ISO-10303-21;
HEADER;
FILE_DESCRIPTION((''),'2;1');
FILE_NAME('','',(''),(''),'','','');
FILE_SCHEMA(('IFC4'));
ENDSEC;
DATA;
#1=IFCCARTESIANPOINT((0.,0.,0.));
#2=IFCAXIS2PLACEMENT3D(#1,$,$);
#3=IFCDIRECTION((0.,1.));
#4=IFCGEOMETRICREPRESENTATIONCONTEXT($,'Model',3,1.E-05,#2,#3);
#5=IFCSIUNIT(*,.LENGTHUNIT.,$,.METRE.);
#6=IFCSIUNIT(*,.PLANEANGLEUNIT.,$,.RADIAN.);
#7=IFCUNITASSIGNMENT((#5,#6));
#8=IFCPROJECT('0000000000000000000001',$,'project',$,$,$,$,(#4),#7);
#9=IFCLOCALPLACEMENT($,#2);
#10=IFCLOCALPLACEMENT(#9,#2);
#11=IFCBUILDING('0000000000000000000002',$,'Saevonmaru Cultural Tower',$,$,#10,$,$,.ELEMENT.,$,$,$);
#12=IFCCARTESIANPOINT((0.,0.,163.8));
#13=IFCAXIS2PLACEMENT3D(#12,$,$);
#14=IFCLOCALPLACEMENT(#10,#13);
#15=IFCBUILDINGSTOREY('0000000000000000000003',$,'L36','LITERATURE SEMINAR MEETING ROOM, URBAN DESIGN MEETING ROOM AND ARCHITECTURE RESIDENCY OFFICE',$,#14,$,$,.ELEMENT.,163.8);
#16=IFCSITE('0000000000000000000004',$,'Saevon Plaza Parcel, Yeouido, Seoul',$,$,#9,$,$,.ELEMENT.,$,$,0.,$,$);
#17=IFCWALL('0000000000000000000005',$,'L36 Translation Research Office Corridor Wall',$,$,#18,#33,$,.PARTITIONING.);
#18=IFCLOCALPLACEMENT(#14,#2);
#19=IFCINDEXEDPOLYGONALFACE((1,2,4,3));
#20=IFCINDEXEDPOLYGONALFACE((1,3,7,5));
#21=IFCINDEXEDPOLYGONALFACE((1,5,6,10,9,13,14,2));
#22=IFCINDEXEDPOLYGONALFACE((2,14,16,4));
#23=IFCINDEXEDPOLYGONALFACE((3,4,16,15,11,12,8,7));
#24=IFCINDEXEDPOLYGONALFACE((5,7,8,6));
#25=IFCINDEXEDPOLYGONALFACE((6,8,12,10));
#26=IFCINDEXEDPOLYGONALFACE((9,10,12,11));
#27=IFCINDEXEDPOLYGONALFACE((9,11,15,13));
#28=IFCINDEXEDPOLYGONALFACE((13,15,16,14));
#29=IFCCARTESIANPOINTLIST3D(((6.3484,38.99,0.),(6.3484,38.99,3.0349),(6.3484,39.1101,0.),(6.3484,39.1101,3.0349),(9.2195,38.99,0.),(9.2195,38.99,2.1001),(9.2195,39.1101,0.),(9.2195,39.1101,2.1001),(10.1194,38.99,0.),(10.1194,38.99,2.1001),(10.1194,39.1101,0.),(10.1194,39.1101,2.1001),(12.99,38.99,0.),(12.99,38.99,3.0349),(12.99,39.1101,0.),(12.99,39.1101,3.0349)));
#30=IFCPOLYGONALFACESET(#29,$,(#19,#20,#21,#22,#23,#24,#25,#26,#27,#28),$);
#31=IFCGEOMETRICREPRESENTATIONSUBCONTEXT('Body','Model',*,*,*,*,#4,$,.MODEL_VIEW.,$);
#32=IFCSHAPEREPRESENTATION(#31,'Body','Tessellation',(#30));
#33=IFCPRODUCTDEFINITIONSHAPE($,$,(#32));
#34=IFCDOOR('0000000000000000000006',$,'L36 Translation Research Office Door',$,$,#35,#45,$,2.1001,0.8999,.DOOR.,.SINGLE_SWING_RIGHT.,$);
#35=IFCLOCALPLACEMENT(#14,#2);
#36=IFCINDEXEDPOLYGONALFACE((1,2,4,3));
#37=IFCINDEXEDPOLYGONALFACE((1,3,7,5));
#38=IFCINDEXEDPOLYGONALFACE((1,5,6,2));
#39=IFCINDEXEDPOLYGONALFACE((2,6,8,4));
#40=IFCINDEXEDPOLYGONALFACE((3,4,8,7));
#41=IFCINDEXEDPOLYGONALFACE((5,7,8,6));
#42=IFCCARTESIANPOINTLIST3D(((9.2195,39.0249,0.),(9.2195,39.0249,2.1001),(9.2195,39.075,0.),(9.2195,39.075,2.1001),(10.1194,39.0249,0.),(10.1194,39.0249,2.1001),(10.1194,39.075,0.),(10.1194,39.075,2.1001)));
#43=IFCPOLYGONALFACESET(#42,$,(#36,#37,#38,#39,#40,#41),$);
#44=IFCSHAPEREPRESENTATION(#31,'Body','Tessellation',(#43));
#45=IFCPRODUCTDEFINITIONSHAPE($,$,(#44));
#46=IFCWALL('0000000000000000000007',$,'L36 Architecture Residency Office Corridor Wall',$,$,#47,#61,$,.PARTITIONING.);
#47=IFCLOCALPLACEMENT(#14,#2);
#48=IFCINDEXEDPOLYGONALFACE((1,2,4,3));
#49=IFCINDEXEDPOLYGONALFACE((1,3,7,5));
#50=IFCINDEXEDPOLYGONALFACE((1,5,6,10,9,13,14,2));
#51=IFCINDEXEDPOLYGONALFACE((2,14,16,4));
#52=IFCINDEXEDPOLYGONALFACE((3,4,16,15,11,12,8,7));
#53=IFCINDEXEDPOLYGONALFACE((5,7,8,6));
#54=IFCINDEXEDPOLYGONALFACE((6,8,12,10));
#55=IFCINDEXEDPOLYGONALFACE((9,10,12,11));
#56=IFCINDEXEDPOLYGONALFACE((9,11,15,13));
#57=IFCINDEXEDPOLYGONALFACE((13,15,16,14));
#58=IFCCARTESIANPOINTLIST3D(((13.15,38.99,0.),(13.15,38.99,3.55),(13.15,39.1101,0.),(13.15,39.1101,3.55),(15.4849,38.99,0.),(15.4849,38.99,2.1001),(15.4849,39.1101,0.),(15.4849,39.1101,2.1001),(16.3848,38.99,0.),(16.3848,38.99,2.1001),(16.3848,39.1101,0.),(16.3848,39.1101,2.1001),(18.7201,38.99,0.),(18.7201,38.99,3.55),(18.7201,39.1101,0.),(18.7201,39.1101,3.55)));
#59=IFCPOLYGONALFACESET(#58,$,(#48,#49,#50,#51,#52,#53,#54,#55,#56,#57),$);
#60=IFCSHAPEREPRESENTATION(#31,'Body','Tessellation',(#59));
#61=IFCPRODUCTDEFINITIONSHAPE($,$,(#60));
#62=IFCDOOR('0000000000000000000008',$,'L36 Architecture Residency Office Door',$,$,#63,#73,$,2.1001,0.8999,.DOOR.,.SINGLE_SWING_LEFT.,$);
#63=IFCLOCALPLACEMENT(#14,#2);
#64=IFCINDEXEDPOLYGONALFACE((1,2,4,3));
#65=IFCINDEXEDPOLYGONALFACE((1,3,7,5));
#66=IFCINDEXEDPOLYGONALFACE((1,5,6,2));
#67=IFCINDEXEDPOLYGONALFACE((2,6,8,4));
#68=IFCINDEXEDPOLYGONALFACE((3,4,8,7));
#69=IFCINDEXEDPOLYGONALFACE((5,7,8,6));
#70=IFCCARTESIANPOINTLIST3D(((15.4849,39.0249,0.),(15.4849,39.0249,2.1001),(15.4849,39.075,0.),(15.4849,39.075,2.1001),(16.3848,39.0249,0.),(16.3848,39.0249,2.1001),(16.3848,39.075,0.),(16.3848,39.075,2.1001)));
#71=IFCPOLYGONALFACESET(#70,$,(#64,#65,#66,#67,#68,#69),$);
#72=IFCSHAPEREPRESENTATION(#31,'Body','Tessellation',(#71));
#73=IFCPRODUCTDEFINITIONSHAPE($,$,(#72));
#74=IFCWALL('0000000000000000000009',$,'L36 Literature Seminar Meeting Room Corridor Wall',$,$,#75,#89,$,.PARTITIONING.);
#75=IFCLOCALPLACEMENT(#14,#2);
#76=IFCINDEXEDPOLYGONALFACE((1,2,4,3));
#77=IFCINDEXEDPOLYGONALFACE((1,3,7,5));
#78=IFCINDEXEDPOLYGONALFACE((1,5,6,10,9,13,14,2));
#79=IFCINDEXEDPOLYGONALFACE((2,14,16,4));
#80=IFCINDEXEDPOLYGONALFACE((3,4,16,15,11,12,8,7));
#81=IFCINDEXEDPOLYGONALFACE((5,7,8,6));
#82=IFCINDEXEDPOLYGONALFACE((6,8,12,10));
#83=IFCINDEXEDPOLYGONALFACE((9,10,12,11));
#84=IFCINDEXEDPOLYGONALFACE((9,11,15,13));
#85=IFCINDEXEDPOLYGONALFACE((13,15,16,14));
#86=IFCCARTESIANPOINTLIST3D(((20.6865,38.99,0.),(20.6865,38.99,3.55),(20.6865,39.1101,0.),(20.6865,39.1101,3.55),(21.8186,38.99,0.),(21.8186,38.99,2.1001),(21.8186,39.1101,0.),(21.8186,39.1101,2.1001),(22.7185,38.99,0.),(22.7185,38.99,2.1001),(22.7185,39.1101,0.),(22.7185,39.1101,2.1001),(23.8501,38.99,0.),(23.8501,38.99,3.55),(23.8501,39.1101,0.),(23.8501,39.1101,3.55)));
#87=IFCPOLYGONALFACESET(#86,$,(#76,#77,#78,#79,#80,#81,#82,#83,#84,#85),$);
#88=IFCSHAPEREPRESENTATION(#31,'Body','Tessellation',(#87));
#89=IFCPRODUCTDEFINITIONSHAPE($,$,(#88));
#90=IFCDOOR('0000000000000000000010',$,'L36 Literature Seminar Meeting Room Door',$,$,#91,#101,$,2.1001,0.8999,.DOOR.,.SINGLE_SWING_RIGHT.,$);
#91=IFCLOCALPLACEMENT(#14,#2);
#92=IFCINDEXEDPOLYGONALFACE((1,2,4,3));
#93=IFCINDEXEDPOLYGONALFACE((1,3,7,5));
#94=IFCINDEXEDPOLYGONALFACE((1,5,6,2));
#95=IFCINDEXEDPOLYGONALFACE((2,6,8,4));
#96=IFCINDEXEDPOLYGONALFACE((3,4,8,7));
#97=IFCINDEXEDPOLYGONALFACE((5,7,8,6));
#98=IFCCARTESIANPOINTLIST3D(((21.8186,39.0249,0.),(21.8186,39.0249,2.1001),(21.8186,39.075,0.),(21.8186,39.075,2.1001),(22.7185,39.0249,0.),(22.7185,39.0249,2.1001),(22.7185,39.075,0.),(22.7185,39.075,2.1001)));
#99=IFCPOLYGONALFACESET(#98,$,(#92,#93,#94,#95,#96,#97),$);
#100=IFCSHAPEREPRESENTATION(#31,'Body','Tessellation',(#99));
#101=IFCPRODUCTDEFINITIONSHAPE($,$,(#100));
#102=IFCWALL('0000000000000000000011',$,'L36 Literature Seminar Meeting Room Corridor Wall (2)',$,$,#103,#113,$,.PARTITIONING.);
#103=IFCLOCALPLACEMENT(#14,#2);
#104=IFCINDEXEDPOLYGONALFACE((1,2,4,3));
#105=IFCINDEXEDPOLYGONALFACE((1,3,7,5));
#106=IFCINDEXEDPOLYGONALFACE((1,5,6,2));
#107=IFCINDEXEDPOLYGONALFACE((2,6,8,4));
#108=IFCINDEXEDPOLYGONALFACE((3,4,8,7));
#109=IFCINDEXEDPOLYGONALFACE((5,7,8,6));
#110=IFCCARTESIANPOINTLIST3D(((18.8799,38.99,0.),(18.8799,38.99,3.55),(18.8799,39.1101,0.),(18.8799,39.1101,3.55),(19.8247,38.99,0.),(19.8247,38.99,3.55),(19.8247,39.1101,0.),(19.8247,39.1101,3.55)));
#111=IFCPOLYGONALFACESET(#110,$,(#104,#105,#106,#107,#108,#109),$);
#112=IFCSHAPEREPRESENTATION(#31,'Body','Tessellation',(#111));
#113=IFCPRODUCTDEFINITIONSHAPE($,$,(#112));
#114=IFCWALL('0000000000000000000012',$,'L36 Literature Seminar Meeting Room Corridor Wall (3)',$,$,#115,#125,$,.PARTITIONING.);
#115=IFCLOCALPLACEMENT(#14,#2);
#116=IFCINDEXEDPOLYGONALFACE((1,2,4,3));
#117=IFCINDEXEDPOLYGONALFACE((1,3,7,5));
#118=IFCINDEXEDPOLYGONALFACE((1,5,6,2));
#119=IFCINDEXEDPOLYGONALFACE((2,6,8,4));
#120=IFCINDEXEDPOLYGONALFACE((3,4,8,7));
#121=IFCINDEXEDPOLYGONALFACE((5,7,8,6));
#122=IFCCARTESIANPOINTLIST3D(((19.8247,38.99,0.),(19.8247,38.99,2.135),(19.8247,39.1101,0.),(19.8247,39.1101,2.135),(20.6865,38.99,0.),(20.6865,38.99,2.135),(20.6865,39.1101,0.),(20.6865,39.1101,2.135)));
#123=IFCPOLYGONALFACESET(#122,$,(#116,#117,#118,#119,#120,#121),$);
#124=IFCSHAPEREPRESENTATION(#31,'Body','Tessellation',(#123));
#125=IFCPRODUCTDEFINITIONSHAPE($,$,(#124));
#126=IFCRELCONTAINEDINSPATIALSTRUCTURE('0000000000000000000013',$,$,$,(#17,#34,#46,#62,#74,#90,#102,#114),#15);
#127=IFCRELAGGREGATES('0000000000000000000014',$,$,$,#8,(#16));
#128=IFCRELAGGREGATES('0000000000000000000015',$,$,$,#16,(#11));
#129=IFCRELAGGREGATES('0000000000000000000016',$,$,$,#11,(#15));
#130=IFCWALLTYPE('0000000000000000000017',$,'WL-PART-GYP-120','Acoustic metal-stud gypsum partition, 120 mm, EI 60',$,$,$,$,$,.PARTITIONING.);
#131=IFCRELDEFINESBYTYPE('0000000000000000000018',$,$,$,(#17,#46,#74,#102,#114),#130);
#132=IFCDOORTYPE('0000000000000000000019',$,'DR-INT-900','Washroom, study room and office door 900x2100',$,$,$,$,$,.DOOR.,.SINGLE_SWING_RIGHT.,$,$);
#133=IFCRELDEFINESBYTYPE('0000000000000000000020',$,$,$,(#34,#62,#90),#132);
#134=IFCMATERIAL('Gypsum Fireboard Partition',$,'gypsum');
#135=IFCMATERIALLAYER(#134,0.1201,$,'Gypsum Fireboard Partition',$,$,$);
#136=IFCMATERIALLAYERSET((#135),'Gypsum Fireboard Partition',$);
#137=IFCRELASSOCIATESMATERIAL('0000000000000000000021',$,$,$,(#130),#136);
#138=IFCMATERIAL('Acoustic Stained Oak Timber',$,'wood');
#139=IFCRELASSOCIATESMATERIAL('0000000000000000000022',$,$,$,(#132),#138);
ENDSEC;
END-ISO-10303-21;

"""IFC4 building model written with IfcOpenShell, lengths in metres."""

from ifc_helpers import new_model, si_unit, direction, frame, frame_2d, origin, place, context, subcontext, project, spatial, rectangle, extrude, material, layer, layer_set, type_object, element, fill, save


model = new_model("IFC4")

# Units and contexts
model_context = context("Model", 3, precision=1e-05, world=origin(), true_north=direction((0.0, 1.0)))
body_context = subcontext(model_context, "Body", "Model", "MODEL_VIEW")
ifc_project = project(units=[si_unit("LENGTHUNIT", "METRE"), si_unit("PLANEANGLEUNIT", "RADIAN")], contexts=[model_context])

# Site, building, storey
site_placement = place(None, origin())
site = spatial("IfcSite", under=ifc_project, at=site_placement, Name="Saevon Plaza Parcel, Yeouido, Seoul", CompositionType="ELEMENT", RefElevation=0.0)
building_placement = place(site_placement, origin())
building = spatial("IfcBuilding", under=site, at=building_placement, Name="Saevonmaru Cultural Tower", CompositionType="ELEMENT")
storey_placement = place(building_placement, frame((0.0, 0.0, 163.8)))
storey = spatial("IfcBuildingStorey", under=building, at=storey_placement, Name="L36", Description="LITERATURE SEMINAR MEETING ROOM, URBAN DESIGN MEETING ROOM AND ARCHITECTURE RESIDENCY OFFICE", CompositionType="ELEMENT", Elevation=163.8)

# Shared definitions
ifc_material_1 = material(Name="Gypsum Fireboard Partition", Category="gypsum")
ifc_layer_1 = layer(ifc_material_1, 0.1201, Name="Gypsum Fireboard Partition")
ifc_layer_set_1 = layer_set([ifc_layer_1], Name="Gypsum Fireboard Partition")
wall_type_1 = type_object("IfcWallType", Name="WL-PART-GYP-120", Description="Acoustic metal-stud gypsum partition, 120 mm, EI 60", PredefinedType="PARTITIONING", material=ifc_layer_set_1)

# Shared definitions
ifc_material_2 = material(Name="Acoustic Stained Oak Timber", Category="wood")
door_type = type_object("IfcDoorType", Name="DR-INT-900", Description="Washroom, study room and office door 900x2100", OperationType="SINGLE_SWING_RIGHT", PredefinedType="DOOR", material=ifc_material_2)

# Walls, openings, doors
wall_1_placement = place(storey_placement, frame((6.3484, 39.05, 0.0), z_axis=(0.0, 0.0, 1.0), x_axis=(1.0, 0.0, 0.0)))
wall_1 = element("IfcWall", 1, at=wall_1_placement, inside=storey, type_object=wall_type_1, Name="L36 Translation Research Office Corridor Wall", PredefinedType="PARTITIONING", context=body_context, shape_type="SweptSolid", body=[
    extrude(rectangle(XDim=6.6416, YDim=0.1201, at=frame_2d((3.3208, 0.0))), origin(), (0.0, 0.0, 1.0), 3.0349),
])
opening_1_placement = place(wall_1_placement, frame((2.8711, 0.0, 0.0)))
opening_1 = element("IfcOpeningElement", 2, at=opening_1_placement, cuts=wall_1, PredefinedType="OPENING", context=body_context, shape_type="SweptSolid", body=[
    extrude(rectangle(XDim=0.8999, YDim=2.1001, at=frame_2d((0.45, 1.05))), frame((0.0, 0.0701, 0.0), z_axis=(0.0, -1.0, 0.0), x_axis=(1.0, 0.0, 0.0)), (0.0, 0.0, 1.0), 0.1401),
])
door_1_placement = place(opening_1_placement, origin())
door_1 = element("IfcDoor", 3, at=door_1_placement, inside=storey, type_object=door_type, Name="L36 Translation Research Office Door", OperationType="SINGLE_SWING_RIGHT", OverallHeight=2.1001, OverallWidth=0.8999, PredefinedType="DOOR", context=body_context, shape_type="SweptSolid", body=[
    extrude(rectangle(XDim=0.8999, YDim=2.1001, at=frame_2d((0.45, 1.05))), frame((0.0, 0.0249, 0.0), z_axis=(0.0, -1.0, 0.0), x_axis=(1.0, 0.0, 0.0)), (0.0, 0.0, 1.0), 0.05),
])
fill(opening_1, door_1)
wall_2_placement = place(storey_placement, frame((13.1499, 39.05, 0.0), z_axis=(0.0, 0.0, 1.0), x_axis=(1.0, 0.0, 0.0)))
wall_2 = element("IfcWall", 4, at=wall_2_placement, inside=storey, type_object=wall_type_1, Name="L36 Architecture Residency Office Corridor Wall", PredefinedType="PARTITIONING", context=body_context, shape_type="SweptSolid", body=[
    extrude(rectangle(XDim=5.5701, YDim=0.1201, at=frame_2d((2.7852, 0.0))), origin(), (0.0, 0.0, 1.0), 3.55),
])
opening_2_placement = place(wall_2_placement, frame((2.335, 0.0, 0.0)))
opening_2 = element("IfcOpeningElement", 5, at=opening_2_placement, cuts=wall_2, PredefinedType="OPENING", context=body_context, shape_type="SweptSolid", body=[
    extrude(rectangle(XDim=0.8999, YDim=2.1001, at=frame_2d((0.45, 1.05))), frame((0.0, 0.0701, 0.0), z_axis=(0.0, -1.0, 0.0), x_axis=(1.0, 0.0, 0.0)), (0.0, 0.0, 1.0), 0.1401),
])
door_2_placement = place(opening_2_placement, origin())
door_2 = element("IfcDoor", 6, at=door_2_placement, inside=storey, type_object=door_type, Name="L36 Architecture Residency Office Door", OperationType="SINGLE_SWING_LEFT", OverallHeight=2.1001, OverallWidth=0.8999, PredefinedType="DOOR", context=body_context, shape_type="SweptSolid", body=[
    extrude(rectangle(XDim=0.8999, YDim=2.1001, at=frame_2d((0.45, 1.05))), frame((0.0, 0.0249, 0.0), z_axis=(0.0, -1.0, 0.0), x_axis=(1.0, 0.0, 0.0)), (0.0, 0.0, 1.0), 0.05),
])
fill(opening_2, door_2)
wall_3_placement = place(storey_placement, frame((20.6865, 39.05, 0.0), z_axis=(0.0, 0.0, 1.0), x_axis=(1.0, 0.0, 0.0)))
wall_3 = element("IfcWall", 7, at=wall_3_placement, inside=storey, type_object=wall_type_1, Name="L36 Literature Seminar Meeting Room Corridor Wall", PredefinedType="PARTITIONING", context=body_context, shape_type="SweptSolid", body=[
    extrude(rectangle(XDim=3.1636, YDim=0.1201, at=frame_2d((1.5818, 0.0))), origin(), (0.0, 0.0, 1.0), 3.55),
])
opening_3_placement = place(wall_3_placement, frame((1.1321, 0.0, 0.0)))
opening_3 = element("IfcOpeningElement", 8, at=opening_3_placement, cuts=wall_3, PredefinedType="OPENING", context=body_context, shape_type="SweptSolid", body=[
    extrude(rectangle(XDim=0.8999, YDim=2.1001, at=frame_2d((0.45, 1.05))), frame((0.0, 0.0701, 0.0), z_axis=(0.0, -1.0, 0.0), x_axis=(1.0, 0.0, 0.0)), (0.0, 0.0, 1.0), 0.1401),
])
door_3_placement = place(opening_3_placement, origin())
door_3 = element("IfcDoor", 9, at=door_3_placement, inside=storey, type_object=door_type, Name="L36 Literature Seminar Meeting Room Door", OperationType="SINGLE_SWING_RIGHT", OverallHeight=2.1001, OverallWidth=0.8999, PredefinedType="DOOR", context=body_context, shape_type="SweptSolid", body=[
    extrude(rectangle(XDim=0.8999, YDim=2.1001, at=frame_2d((0.45, 1.05))), frame((0.0, 0.0249, 0.0), z_axis=(0.0, -1.0, 0.0), x_axis=(1.0, 0.0, 0.0)), (0.0, 0.0, 1.0), 0.05),
])
fill(opening_3, door_3)

# Walls
wall_4_placement = place(storey_placement, frame((18.8799, 39.05, 0.0), z_axis=(0.0, 0.0, 1.0), x_axis=(1.0, 0.0, 0.0)))
element("IfcWall", 10, at=wall_4_placement, inside=storey, type_object=wall_type_1, Name="L36 Literature Seminar Meeting Room Corridor Wall (2)", PredefinedType="PARTITIONING", context=body_context, shape_type="SweptSolid", body=[
    extrude(rectangle(XDim=0.9448, YDim=0.1201, at=frame_2d((0.4724, 0.0))), origin(), (0.0, 0.0, 1.0), 3.55),
])
wall_5_placement = place(storey_placement, frame((19.8247, 39.05, 0.0), z_axis=(0.0, 0.0, 1.0), x_axis=(1.0, 0.0, 0.0)))
element("IfcWall", 11, at=wall_5_placement, inside=storey, type_object=wall_type_1, Name="L36 Literature Seminar Meeting Room Corridor Wall (3)", PredefinedType="PARTITIONING", context=body_context, shape_type="SweptSolid", body=[
    extrude(rectangle(XDim=0.8618, YDim=0.1201, at=frame_2d((0.4309, 0.0))), origin(), (0.0, 0.0, 1.0), 2.135),
])

save(model, "model.ifc")
